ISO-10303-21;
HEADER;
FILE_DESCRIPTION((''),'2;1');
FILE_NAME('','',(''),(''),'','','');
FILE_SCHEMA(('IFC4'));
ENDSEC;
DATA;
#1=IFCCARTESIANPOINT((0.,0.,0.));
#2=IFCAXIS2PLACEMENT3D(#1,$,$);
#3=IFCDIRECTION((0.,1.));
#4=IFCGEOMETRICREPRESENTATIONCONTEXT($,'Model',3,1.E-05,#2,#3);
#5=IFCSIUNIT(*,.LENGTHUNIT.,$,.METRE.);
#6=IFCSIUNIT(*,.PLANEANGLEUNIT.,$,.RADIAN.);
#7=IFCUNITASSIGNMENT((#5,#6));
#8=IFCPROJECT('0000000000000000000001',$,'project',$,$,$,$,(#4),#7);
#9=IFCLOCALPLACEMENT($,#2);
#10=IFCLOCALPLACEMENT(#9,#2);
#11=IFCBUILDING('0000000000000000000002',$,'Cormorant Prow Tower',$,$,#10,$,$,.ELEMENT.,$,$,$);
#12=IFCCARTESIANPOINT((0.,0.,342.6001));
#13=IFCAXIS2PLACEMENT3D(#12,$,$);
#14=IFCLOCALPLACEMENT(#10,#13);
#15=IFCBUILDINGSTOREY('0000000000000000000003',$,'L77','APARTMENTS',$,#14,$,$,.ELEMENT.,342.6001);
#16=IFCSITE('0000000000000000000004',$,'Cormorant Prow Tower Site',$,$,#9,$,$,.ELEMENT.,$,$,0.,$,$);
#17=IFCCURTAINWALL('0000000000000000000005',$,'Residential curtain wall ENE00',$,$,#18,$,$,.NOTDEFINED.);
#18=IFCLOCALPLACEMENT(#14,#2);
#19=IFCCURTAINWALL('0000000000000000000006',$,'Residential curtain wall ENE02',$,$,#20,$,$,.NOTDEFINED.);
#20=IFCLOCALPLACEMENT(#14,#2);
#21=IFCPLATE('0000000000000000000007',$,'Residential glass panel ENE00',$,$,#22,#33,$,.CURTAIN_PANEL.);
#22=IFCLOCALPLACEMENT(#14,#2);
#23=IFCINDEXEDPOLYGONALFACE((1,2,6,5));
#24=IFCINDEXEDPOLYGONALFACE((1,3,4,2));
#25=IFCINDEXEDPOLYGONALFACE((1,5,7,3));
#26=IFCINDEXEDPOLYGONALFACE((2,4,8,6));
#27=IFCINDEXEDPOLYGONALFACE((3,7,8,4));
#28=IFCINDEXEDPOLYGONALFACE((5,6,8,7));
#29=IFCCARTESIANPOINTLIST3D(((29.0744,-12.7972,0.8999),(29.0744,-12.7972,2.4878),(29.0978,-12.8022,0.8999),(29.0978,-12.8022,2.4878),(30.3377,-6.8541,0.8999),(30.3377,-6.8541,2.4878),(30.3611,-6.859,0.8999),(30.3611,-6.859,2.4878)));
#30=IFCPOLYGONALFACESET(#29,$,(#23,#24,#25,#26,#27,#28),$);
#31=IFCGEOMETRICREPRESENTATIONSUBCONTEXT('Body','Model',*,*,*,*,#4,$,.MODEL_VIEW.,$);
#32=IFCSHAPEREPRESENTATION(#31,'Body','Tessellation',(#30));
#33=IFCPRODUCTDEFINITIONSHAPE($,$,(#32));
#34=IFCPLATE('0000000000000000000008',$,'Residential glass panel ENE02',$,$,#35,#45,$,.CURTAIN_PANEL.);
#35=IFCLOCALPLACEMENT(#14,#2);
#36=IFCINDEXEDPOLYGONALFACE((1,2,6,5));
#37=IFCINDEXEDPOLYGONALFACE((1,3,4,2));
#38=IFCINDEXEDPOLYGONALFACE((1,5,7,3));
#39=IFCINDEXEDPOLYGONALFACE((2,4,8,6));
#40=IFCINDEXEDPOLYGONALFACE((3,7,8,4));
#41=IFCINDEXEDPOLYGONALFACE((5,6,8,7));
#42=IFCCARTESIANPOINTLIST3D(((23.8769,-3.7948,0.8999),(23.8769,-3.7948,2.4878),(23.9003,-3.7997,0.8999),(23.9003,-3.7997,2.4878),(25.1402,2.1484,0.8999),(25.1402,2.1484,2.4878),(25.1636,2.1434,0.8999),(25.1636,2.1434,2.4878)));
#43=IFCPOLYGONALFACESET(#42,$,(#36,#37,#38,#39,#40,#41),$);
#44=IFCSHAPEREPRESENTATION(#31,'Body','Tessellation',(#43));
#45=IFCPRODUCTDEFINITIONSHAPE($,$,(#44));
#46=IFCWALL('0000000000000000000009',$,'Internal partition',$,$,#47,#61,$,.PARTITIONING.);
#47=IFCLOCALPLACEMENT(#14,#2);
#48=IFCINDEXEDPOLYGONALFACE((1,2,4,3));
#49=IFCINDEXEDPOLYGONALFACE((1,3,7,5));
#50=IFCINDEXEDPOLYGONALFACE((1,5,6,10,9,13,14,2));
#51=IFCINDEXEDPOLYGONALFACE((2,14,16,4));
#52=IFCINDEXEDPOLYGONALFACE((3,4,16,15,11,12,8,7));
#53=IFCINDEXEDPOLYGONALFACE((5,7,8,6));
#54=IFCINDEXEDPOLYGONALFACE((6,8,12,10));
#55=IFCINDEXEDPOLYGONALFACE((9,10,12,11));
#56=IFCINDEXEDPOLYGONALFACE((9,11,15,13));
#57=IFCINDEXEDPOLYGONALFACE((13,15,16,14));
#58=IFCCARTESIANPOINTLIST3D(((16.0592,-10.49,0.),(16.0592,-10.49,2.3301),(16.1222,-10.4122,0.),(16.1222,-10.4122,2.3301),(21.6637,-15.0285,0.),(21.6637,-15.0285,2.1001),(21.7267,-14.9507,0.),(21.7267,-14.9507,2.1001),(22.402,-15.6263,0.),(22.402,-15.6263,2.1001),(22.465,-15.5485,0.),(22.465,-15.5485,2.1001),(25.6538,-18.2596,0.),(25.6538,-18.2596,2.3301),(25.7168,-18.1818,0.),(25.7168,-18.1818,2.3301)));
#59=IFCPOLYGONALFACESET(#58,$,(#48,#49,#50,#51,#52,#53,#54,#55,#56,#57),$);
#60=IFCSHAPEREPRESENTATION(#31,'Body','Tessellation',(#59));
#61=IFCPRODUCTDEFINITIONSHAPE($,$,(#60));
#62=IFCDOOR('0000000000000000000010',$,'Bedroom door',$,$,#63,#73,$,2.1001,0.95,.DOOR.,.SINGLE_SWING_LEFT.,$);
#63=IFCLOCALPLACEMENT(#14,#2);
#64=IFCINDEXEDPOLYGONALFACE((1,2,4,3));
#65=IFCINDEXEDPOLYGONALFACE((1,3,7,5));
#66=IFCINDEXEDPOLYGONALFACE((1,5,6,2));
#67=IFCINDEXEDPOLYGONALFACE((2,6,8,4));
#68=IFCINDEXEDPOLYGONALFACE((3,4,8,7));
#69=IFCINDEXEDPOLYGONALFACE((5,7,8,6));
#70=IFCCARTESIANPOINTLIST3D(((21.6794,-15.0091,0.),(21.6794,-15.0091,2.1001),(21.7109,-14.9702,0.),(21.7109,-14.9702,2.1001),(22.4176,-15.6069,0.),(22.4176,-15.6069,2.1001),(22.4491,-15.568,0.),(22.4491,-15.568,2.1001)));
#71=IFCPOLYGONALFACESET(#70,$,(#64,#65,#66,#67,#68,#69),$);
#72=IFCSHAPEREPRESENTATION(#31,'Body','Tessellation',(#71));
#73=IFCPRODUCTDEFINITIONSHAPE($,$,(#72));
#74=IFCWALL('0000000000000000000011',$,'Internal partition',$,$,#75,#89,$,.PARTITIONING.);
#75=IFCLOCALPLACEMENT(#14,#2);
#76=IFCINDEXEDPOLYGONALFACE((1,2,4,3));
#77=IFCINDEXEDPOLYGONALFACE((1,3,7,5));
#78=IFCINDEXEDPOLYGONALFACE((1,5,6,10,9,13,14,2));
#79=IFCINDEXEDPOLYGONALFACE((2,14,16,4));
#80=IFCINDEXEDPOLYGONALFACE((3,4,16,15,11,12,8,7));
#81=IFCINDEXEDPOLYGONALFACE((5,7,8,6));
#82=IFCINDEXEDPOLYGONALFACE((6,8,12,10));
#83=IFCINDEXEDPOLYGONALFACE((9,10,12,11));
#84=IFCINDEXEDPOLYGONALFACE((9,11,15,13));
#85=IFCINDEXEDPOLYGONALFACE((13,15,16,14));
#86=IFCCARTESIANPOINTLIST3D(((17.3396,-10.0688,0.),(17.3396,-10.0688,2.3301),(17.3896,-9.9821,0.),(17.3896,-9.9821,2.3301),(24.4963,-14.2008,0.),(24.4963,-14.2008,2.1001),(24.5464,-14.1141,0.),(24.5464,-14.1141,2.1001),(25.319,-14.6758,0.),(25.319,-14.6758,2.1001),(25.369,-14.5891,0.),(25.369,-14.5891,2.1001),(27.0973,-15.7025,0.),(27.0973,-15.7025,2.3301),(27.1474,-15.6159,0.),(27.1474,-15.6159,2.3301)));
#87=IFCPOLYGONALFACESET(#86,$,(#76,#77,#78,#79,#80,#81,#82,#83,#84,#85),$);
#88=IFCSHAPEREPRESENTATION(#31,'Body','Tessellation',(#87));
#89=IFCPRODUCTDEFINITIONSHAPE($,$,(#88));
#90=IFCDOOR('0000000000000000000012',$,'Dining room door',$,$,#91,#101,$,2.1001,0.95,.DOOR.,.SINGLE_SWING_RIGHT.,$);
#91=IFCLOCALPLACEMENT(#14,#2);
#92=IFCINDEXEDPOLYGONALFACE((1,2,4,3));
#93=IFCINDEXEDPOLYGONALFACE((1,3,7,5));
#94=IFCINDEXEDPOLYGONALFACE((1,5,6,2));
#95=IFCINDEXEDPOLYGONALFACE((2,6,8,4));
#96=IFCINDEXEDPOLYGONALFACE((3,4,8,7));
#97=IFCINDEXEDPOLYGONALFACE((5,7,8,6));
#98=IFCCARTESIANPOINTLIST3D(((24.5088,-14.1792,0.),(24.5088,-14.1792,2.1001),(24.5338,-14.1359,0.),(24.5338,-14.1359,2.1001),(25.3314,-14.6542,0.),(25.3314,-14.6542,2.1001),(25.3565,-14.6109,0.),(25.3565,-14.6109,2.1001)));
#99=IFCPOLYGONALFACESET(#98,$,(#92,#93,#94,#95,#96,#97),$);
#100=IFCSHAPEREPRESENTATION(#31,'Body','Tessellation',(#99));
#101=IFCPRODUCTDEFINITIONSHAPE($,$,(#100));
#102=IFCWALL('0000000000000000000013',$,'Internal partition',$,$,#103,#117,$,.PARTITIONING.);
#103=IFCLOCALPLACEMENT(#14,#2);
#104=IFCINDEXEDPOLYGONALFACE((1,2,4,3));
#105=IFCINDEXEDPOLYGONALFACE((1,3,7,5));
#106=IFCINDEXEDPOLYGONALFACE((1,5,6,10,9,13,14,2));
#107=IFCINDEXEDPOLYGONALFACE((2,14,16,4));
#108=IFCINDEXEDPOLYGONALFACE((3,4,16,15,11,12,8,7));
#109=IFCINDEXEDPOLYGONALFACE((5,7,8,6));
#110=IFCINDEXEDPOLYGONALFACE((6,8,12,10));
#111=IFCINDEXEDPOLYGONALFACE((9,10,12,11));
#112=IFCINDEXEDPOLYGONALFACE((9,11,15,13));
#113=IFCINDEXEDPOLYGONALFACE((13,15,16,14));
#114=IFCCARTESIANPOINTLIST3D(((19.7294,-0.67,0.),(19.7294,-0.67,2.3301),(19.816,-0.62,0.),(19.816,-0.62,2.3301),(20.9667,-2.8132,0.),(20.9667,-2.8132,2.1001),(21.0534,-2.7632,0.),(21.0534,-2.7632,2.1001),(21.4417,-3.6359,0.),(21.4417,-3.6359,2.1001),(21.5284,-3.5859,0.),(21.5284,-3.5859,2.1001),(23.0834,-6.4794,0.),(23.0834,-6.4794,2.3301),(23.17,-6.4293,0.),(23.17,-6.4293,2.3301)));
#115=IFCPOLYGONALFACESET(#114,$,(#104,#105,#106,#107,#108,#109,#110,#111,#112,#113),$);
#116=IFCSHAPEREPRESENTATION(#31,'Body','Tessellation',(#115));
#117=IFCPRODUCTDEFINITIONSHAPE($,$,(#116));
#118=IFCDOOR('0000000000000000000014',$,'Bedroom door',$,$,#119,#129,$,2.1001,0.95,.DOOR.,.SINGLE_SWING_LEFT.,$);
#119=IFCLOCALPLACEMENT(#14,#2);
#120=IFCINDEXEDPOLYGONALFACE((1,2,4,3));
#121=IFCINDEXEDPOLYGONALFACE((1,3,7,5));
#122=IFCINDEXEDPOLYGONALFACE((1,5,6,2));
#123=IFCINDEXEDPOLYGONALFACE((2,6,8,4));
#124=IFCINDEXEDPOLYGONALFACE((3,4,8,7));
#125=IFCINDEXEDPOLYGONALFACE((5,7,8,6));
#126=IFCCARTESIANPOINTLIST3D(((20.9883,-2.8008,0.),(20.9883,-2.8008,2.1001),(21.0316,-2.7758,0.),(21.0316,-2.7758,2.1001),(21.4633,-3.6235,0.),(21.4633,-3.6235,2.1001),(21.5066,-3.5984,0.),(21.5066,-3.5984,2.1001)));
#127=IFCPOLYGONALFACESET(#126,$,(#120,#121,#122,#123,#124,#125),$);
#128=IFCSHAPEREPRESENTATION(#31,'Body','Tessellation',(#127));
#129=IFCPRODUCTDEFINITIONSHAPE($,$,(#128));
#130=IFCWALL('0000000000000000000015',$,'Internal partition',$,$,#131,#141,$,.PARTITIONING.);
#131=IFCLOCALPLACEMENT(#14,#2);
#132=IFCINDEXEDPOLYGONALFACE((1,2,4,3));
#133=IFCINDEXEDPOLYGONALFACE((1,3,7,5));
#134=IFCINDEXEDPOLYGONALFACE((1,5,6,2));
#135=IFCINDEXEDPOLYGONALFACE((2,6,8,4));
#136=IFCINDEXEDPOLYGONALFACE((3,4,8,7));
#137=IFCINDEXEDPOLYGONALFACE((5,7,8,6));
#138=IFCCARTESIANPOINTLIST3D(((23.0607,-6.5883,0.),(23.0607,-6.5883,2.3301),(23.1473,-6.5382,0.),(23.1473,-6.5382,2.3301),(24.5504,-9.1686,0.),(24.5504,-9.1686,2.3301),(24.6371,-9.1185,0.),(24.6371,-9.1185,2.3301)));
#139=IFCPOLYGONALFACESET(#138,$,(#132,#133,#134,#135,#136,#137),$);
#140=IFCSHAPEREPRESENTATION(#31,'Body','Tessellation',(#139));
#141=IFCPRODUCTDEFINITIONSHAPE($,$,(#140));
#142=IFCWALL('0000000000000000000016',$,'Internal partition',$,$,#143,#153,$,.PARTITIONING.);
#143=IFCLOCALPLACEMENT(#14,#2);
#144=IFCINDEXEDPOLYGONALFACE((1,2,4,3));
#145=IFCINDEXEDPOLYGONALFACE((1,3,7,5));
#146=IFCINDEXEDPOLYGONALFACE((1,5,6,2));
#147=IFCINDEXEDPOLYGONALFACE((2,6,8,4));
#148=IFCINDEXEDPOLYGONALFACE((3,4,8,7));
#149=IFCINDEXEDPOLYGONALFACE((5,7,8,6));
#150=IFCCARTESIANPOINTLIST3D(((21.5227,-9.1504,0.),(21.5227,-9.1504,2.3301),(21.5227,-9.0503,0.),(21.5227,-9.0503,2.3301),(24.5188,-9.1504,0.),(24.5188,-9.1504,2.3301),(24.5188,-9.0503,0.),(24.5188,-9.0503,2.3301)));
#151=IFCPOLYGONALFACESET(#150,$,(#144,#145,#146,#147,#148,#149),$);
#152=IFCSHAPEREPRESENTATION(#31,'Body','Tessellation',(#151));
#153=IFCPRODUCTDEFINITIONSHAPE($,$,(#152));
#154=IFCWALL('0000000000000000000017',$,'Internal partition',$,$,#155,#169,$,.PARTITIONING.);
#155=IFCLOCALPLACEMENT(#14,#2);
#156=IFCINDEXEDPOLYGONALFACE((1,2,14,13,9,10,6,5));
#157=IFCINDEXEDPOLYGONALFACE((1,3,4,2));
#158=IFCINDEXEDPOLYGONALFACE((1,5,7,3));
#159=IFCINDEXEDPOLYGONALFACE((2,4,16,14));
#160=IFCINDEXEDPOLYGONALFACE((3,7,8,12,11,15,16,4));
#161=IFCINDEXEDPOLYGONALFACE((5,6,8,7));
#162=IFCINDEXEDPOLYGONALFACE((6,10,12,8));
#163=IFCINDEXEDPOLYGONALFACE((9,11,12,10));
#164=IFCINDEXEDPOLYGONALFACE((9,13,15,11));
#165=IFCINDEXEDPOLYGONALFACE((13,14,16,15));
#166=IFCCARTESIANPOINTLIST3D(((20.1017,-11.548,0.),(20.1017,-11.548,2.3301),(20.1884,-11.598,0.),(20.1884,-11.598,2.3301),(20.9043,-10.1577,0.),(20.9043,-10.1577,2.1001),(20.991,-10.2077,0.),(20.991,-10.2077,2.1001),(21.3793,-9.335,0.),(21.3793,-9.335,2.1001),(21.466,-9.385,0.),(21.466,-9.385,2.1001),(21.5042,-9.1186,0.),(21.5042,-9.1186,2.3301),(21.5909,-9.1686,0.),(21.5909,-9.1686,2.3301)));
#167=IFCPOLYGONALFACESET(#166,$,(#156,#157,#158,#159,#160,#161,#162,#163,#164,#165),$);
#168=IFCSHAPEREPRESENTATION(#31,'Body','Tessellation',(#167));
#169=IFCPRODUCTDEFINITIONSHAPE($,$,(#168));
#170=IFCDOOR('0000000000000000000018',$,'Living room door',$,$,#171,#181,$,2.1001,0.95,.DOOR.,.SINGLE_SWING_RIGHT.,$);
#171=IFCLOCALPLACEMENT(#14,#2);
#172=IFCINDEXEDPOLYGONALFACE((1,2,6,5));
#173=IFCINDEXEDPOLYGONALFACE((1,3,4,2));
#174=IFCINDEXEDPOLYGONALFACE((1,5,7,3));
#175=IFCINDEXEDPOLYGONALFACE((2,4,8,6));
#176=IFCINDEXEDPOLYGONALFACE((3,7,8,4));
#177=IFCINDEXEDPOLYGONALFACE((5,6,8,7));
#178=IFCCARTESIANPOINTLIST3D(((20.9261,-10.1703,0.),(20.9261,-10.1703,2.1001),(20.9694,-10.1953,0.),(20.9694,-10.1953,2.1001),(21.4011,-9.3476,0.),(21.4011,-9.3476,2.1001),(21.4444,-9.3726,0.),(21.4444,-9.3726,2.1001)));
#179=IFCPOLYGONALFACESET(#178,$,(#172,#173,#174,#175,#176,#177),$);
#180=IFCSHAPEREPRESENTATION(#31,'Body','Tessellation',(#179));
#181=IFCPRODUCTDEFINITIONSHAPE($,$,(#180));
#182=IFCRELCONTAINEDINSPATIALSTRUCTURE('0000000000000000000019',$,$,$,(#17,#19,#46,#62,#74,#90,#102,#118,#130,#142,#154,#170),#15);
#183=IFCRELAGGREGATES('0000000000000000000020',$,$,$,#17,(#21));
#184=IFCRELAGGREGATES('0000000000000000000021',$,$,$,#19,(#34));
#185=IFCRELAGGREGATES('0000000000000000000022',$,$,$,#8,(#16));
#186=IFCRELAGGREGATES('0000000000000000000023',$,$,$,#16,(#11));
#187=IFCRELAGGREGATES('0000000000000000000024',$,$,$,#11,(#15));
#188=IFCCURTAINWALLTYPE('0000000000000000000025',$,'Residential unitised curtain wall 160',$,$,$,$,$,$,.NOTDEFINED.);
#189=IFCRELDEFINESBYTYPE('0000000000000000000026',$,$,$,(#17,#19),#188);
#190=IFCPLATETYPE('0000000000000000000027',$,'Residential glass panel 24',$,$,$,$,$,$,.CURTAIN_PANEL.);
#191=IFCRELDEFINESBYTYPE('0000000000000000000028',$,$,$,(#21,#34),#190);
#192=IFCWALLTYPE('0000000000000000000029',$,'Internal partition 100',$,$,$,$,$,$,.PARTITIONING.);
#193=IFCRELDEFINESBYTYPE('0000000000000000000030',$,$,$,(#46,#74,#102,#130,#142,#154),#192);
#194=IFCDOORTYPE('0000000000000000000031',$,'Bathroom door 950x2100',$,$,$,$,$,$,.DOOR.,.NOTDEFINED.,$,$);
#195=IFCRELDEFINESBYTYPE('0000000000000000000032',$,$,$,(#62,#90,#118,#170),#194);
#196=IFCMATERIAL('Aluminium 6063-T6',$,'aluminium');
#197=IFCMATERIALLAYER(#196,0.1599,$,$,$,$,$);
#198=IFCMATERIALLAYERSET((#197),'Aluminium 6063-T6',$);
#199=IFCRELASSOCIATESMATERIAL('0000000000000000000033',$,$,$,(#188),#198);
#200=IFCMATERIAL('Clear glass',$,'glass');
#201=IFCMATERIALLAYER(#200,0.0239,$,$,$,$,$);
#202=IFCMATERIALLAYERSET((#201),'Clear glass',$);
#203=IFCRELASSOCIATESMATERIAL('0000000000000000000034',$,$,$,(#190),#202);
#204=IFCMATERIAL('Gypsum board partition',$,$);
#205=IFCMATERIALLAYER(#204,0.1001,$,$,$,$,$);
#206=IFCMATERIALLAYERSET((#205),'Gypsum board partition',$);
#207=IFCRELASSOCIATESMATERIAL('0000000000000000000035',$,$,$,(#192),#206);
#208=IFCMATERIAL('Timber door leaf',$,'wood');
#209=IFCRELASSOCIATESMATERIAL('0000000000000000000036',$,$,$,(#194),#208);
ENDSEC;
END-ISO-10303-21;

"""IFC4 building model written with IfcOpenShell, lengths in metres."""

from ifc_helpers import new_model, si_unit, direction, frame, frame_2d, origin, origin_2d, place, context, subcontext, project, spatial, rectangle, extrude, material, layer, layer_set, type_object, element, fill, aggregate, save


model = new_model("IFC4")

# Units and contexts
model_context = context("Model", 3, precision=1e-05, world=origin(), true_north=direction((0.0, 1.0)))
body_context = subcontext(model_context, "Body", "Model", "MODEL_VIEW")
ifc_project = project(units=[si_unit("LENGTHUNIT", "METRE"), si_unit("PLANEANGLEUNIT", "RADIAN")], contexts=[model_context])

# Site, building, storey
site_placement = place(None, origin())
site = spatial("IfcSite", under=ifc_project, at=site_placement, Name="Cormorant Prow Tower Site", CompositionType="ELEMENT", RefElevation=0.0)
building_placement = place(site_placement, origin())
building = spatial("IfcBuilding", under=site, at=building_placement, Name="Cormorant Prow Tower", CompositionType="ELEMENT")
storey_placement = place(building_placement, frame((0.0, 0.0, 342.6001)))
storey = spatial("IfcBuildingStorey", under=building, at=storey_placement, Name="L77", Description="APARTMENTS", CompositionType="ELEMENT", Elevation=342.6001)

# Curtain walls
ifc_material_1 = material(Name="Aluminium 6063-T6", Category="aluminium")
ifc_layer_1 = layer(ifc_material_1, 0.1599)
ifc_layer_set_1 = layer_set([ifc_layer_1], Name="Aluminium 6063-T6")
curtain_wall_type = type_object("IfcCurtainWallType", Name="Residential unitised curtain wall 160", PredefinedType="NOTDEFINED", material=ifc_layer_set_1)
curtain_wall_1_placement = place(storey_placement, origin())
curtain_wall_1 = element("IfcCurtainWall", 1, at=curtain_wall_1_placement, inside=storey, type_object=curtain_wall_type, Name="Residential curtain wall ENE00", PredefinedType="NOTDEFINED")
curtain_wall_2_placement = place(storey_placement, origin())
curtain_wall_2 = element("IfcCurtainWall", 2, at=curtain_wall_2_placement, inside=storey, type_object=curtain_wall_type, Name="Residential curtain wall ENE02", PredefinedType="NOTDEFINED")

# Plates
ifc_material_2 = material(Name="Clear glass", Category="glass")
ifc_layer_2 = layer(ifc_material_2, 0.0239)
ifc_layer_set_2 = layer_set([ifc_layer_2], Name="Clear glass")
plate_type = type_object("IfcPlateType", Name="Residential glass panel 24", PredefinedType="CURTAIN_PANEL", material=ifc_layer_set_2)
plate_1_placement = place(storey_placement, frame((29.7178, -9.8281, 0.8999), z_axis=(0.0, 0.0, 1.0), x_axis=(0.207912, 0.978148, 0.0)))
plate_1 = element("IfcPlate", 3, at=plate_1_placement, type_object=plate_type, Name="Residential glass panel ENE00", PredefinedType="CURTAIN_PANEL", context=body_context, shape_type="SweptSolid", body=[
    extrude(rectangle(XDim=6.0759, YDim=0.0239, at=origin_2d()), origin(), (0.0, 0.0, 1.0), 1.5879),
])
aggregate(curtain_wall_1, [plate_1])
plate_2_placement = place(storey_placement, frame((24.5203, -0.8257, 0.8999), z_axis=(0.0, 0.0, 1.0), x_axis=(0.207912, 0.978148, 0.0)))
plate_2 = element("IfcPlate", 4, at=plate_2_placement, type_object=plate_type, Name="Residential glass panel ENE02", PredefinedType="CURTAIN_PANEL", context=body_context, shape_type="SweptSolid", body=[
    extrude(rectangle(XDim=6.0759, YDim=0.0239, at=origin_2d()), origin(), (0.0, 0.0, 1.0), 1.5879),
])
aggregate(curtain_wall_2, [plate_2])

# Walls, openings, doors
ifc_material_3 = material(Name="Gypsum board partition")
ifc_layer_3 = layer(ifc_material_3, 0.1001)
ifc_layer_set_3 = layer_set([ifc_layer_3], Name="Gypsum board partition")
wall_type_1 = type_object("IfcWallType", Name="Internal partition 100", PredefinedType="PARTITIONING", material=ifc_layer_set_3)
wall_1_placement = place(storey_placement, frame((16.0908, -10.4512, 0.0), z_axis=(0.0, 0.0, 1.0), x_axis=(0.777143, -0.629324, 0.0)))
wall_1 = element("IfcWall", 5, at=wall_1_placement, inside=storey, type_object=wall_type_1, Name="Internal partition", PredefinedType="PARTITIONING", context=body_context, shape_type="SweptSolid", body=[
    extrude(rectangle(XDim=12.3459, YDim=0.1001, at=frame_2d((6.1729, 0.0))), origin(), (0.0, 0.0, 1.0), 2.3301),
])
opening_1_placement = place(wall_1_placement, frame((7.2114, 0.0, 0.0)))
opening_1 = element("IfcOpeningElement", 6, at=opening_1_placement, cuts=wall_1, PredefinedType="OPENING", context=body_context, shape_type="SweptSolid", body=[
    extrude(rectangle(XDim=0.95, YDim=2.1001, at=frame_2d((0.4751, 1.05))), frame((0.0, 0.0601, 0.0), z_axis=(0.0, -1.0, 0.0), x_axis=(1.0, 0.0, 0.0)), (0.0, 0.0, 1.0), 0.1201),
])
ifc_material_4 = material(Name="Timber door leaf", Category="wood")
door_type_1 = type_object("IfcDoorType", Name="Bathroom door 950x2100", OperationType="NOTDEFINED", PredefinedType="DOOR", material=ifc_material_4)
door_1_placement = place(opening_1_placement, origin())
door_1 = element("IfcDoor", 7, at=door_1_placement, inside=storey, type_object=door_type_1, Name="Bedroom door", OperationType="SINGLE_SWING_LEFT", OverallHeight=2.1001, OverallWidth=0.95, PredefinedType="DOOR", context=body_context, shape_type="SweptSolid", body=[
    extrude(rectangle(XDim=0.95, YDim=2.1001, at=frame_2d((0.4751, 1.05))), frame((0.0, 0.0249, 0.0), z_axis=(0.0, -1.0, 0.0), x_axis=(1.0, 0.0, 0.0)), (0.0, 0.0, 1.0), 0.05),
])
fill(opening_1, door_1)
wall_2_placement = place(storey_placement, frame((17.3645, -10.0254, 0.0), z_axis=(0.0, 0.0, 1.0), x_axis=(0.866021, -0.500008, 0.0)))
wall_2 = element("IfcWall", 8, at=wall_2_placement, inside=storey, type_object=wall_type_1, Name="Internal partition", PredefinedType="PARTITIONING", context=body_context, shape_type="SweptSolid", body=[
    extrude(rectangle(XDim=11.2673, YDim=0.1001, at=frame_2d((5.6338, 0.0))), origin(), (0.0, 0.0, 1.0), 2.3301),
])
opening_2_placement = place(wall_2_placement, frame((8.2639, 0.0, 0.0)))
opening_2 = element("IfcOpeningElement", 9, at=opening_2_placement, cuts=wall_2, PredefinedType="OPENING", context=body_context, shape_type="SweptSolid", body=[
    extrude(rectangle(XDim=0.95, YDim=2.1001, at=frame_2d((0.4751, 1.05))), frame((0.0, 0.0601, 0.0), z_axis=(0.0, -1.0, 0.0), x_axis=(1.0, 0.0, 0.0)), (0.0, 0.0, 1.0), 0.1201),
])
door_2_placement = place(opening_2_placement, origin())
door_2 = element("IfcDoor", 10, at=door_2_placement, inside=storey, type_object=door_type_1, Name="Dining room door", OperationType="SINGLE_SWING_RIGHT", OverallHeight=2.1001, OverallWidth=0.95, PredefinedType="DOOR", context=body_context, shape_type="SweptSolid", body=[
    extrude(rectangle(XDim=0.95, YDim=2.1001, at=frame_2d((0.4751, 1.05))), frame((0.0, 0.0249, 0.0), z_axis=(0.0, -1.0, 0.0), x_axis=(1.0, 0.0, 0.0)), (0.0, 0.0, 1.0), 0.05),
])
fill(opening_2, door_2)
wall_3_placement = place(storey_placement, frame((19.7727, -0.645, 0.0), z_axis=(0.0, 0.0, 1.0), x_axis=(0.499999, -0.866026, 0.0)))
wall_3 = element("IfcWall", 11, at=wall_3_placement, inside=storey, type_object=wall_type_1, Name="Internal partition", PredefinedType="PARTITIONING", context=body_context, shape_type="SweptSolid", body=[
    extrude(rectangle(XDim=6.708, YDim=0.1001, at=frame_2d((3.354, 0.0))), origin(), (0.0, 0.0, 1.0), 2.3301),
])
opening_3_placement = place(wall_3_placement, frame((2.4746, 0.0, 0.0)))
opening_3 = element("IfcOpeningElement", 12, at=opening_3_placement, cuts=wall_3, PredefinedType="OPENING", context=body_context, shape_type="SweptSolid", body=[
    extrude(rectangle(XDim=0.95, YDim=2.1001, at=frame_2d((0.4751, 1.05))), frame((0.0, 0.0601, 0.0), z_axis=(0.0, -1.0, 0.0), x_axis=(1.0, 0.0, 0.0)), (0.0, 0.0, 1.0), 0.1201),
])
door_3_placement = place(opening_3_placement, origin())
door_3 = element("IfcDoor", 13, at=door_3_placement, inside=storey, type_object=door_type_1, Name="Bedroom door", OperationType="SINGLE_SWING_LEFT", OverallHeight=2.1001, OverallWidth=0.95, PredefinedType="DOOR", context=body_context, shape_type="SweptSolid", body=[
    extrude(rectangle(XDim=0.95, YDim=2.1001, at=frame_2d((0.4751, 1.05))), frame((0.0, 0.0249, 0.0), z_axis=(0.0, -1.0, 0.0), x_axis=(1.0, 0.0, 0.0)), (0.0, 0.0, 1.0), 0.05),
])
fill(opening_3, door_3)

# Walls
wall_4_placement = place(storey_placement, frame((23.104, -6.5632, 0.0), z_axis=(0.0, 0.0, 1.0), x_axis=(0.499999, -0.866026, 0.0)))
element("IfcWall", 14, at=wall_4_placement, inside=storey, type_object=wall_type_1, Name="Internal partition", PredefinedType="PARTITIONING", context=body_context, shape_type="SweptSolid", body=[
    extrude(rectangle(XDim=2.9795, YDim=0.1001, at=frame_2d((1.4897, 0.0))), origin(), (0.0, 0.0, 1.0), 2.3301),
])
wall_5_placement = place(storey_placement, frame((21.5227, -9.1003, 0.0), z_axis=(0.0, 0.0, 1.0), x_axis=(1.0, 0.0, 0.0)))
element("IfcWall", 15, at=wall_5_placement, inside=storey, type_object=wall_type_1, Name="Internal partition", PredefinedType="PARTITIONING", context=body_context, shape_type="SweptSolid", body=[
    extrude(rectangle(XDim=2.9961, YDim=0.1001, at=frame_2d((1.498, 0.0))), origin(), (0.0, 0.0, 1.0), 2.3301),
])

# Wall, opening, door
wall_6_placement = place(storey_placement, frame((20.145, -11.573, 0.0), z_axis=(0.0, 0.0, 1.0), x_axis=(0.499986, 0.866033, 0.0)))
wall_6 = element("IfcWall", 16, at=wall_6_placement, inside=storey, type_object=wall_type_1, Name="Internal partition", PredefinedType="PARTITIONING", context=body_context, shape_type="SweptSolid", body=[
    extrude(rectangle(XDim=2.8052, YDim=0.1001, at=frame_2d((1.4026, 0.0))), origin(), (0.0, 0.0, 1.0), 2.3301),
])
opening_4_placement = place(wall_6_placement, frame((1.6052, 0.0, 0.0)))
opening_4 = element("IfcOpeningElement", 17, at=opening_4_placement, cuts=wall_6, PredefinedType="OPENING", context=body_context, shape_type="SweptSolid", body=[
    extrude(rectangle(XDim=0.95, YDim=2.1001, at=frame_2d((0.4751, 1.05))), frame((0.0, 0.0601, 0.0), z_axis=(0.0, -1.0, 0.0), x_axis=(1.0, 0.0, 0.0)), (0.0, 0.0, 1.0), 0.1201),
])
door_4_placement = place(opening_4_placement, origin())
door_4 = element("IfcDoor", 18, at=door_4_placement, inside=storey, type_object=door_type_1, Name="Living room door", OperationType="SINGLE_SWING_RIGHT", OverallHeight=2.1001, OverallWidth=0.95, PredefinedType="DOOR", context=body_context, shape_type="SweptSolid", body=[
    extrude(rectangle(XDim=0.95, YDim=2.1001, at=frame_2d((0.4751, 1.05))), frame((0.0, 0.0249, 0.0), z_axis=(0.0, -1.0, 0.0), x_axis=(1.0, 0.0, 0.0)), (0.0, 0.0, 1.0), 0.05),
])
fill(opening_4, door_4)

save(model, "model.ifc")
